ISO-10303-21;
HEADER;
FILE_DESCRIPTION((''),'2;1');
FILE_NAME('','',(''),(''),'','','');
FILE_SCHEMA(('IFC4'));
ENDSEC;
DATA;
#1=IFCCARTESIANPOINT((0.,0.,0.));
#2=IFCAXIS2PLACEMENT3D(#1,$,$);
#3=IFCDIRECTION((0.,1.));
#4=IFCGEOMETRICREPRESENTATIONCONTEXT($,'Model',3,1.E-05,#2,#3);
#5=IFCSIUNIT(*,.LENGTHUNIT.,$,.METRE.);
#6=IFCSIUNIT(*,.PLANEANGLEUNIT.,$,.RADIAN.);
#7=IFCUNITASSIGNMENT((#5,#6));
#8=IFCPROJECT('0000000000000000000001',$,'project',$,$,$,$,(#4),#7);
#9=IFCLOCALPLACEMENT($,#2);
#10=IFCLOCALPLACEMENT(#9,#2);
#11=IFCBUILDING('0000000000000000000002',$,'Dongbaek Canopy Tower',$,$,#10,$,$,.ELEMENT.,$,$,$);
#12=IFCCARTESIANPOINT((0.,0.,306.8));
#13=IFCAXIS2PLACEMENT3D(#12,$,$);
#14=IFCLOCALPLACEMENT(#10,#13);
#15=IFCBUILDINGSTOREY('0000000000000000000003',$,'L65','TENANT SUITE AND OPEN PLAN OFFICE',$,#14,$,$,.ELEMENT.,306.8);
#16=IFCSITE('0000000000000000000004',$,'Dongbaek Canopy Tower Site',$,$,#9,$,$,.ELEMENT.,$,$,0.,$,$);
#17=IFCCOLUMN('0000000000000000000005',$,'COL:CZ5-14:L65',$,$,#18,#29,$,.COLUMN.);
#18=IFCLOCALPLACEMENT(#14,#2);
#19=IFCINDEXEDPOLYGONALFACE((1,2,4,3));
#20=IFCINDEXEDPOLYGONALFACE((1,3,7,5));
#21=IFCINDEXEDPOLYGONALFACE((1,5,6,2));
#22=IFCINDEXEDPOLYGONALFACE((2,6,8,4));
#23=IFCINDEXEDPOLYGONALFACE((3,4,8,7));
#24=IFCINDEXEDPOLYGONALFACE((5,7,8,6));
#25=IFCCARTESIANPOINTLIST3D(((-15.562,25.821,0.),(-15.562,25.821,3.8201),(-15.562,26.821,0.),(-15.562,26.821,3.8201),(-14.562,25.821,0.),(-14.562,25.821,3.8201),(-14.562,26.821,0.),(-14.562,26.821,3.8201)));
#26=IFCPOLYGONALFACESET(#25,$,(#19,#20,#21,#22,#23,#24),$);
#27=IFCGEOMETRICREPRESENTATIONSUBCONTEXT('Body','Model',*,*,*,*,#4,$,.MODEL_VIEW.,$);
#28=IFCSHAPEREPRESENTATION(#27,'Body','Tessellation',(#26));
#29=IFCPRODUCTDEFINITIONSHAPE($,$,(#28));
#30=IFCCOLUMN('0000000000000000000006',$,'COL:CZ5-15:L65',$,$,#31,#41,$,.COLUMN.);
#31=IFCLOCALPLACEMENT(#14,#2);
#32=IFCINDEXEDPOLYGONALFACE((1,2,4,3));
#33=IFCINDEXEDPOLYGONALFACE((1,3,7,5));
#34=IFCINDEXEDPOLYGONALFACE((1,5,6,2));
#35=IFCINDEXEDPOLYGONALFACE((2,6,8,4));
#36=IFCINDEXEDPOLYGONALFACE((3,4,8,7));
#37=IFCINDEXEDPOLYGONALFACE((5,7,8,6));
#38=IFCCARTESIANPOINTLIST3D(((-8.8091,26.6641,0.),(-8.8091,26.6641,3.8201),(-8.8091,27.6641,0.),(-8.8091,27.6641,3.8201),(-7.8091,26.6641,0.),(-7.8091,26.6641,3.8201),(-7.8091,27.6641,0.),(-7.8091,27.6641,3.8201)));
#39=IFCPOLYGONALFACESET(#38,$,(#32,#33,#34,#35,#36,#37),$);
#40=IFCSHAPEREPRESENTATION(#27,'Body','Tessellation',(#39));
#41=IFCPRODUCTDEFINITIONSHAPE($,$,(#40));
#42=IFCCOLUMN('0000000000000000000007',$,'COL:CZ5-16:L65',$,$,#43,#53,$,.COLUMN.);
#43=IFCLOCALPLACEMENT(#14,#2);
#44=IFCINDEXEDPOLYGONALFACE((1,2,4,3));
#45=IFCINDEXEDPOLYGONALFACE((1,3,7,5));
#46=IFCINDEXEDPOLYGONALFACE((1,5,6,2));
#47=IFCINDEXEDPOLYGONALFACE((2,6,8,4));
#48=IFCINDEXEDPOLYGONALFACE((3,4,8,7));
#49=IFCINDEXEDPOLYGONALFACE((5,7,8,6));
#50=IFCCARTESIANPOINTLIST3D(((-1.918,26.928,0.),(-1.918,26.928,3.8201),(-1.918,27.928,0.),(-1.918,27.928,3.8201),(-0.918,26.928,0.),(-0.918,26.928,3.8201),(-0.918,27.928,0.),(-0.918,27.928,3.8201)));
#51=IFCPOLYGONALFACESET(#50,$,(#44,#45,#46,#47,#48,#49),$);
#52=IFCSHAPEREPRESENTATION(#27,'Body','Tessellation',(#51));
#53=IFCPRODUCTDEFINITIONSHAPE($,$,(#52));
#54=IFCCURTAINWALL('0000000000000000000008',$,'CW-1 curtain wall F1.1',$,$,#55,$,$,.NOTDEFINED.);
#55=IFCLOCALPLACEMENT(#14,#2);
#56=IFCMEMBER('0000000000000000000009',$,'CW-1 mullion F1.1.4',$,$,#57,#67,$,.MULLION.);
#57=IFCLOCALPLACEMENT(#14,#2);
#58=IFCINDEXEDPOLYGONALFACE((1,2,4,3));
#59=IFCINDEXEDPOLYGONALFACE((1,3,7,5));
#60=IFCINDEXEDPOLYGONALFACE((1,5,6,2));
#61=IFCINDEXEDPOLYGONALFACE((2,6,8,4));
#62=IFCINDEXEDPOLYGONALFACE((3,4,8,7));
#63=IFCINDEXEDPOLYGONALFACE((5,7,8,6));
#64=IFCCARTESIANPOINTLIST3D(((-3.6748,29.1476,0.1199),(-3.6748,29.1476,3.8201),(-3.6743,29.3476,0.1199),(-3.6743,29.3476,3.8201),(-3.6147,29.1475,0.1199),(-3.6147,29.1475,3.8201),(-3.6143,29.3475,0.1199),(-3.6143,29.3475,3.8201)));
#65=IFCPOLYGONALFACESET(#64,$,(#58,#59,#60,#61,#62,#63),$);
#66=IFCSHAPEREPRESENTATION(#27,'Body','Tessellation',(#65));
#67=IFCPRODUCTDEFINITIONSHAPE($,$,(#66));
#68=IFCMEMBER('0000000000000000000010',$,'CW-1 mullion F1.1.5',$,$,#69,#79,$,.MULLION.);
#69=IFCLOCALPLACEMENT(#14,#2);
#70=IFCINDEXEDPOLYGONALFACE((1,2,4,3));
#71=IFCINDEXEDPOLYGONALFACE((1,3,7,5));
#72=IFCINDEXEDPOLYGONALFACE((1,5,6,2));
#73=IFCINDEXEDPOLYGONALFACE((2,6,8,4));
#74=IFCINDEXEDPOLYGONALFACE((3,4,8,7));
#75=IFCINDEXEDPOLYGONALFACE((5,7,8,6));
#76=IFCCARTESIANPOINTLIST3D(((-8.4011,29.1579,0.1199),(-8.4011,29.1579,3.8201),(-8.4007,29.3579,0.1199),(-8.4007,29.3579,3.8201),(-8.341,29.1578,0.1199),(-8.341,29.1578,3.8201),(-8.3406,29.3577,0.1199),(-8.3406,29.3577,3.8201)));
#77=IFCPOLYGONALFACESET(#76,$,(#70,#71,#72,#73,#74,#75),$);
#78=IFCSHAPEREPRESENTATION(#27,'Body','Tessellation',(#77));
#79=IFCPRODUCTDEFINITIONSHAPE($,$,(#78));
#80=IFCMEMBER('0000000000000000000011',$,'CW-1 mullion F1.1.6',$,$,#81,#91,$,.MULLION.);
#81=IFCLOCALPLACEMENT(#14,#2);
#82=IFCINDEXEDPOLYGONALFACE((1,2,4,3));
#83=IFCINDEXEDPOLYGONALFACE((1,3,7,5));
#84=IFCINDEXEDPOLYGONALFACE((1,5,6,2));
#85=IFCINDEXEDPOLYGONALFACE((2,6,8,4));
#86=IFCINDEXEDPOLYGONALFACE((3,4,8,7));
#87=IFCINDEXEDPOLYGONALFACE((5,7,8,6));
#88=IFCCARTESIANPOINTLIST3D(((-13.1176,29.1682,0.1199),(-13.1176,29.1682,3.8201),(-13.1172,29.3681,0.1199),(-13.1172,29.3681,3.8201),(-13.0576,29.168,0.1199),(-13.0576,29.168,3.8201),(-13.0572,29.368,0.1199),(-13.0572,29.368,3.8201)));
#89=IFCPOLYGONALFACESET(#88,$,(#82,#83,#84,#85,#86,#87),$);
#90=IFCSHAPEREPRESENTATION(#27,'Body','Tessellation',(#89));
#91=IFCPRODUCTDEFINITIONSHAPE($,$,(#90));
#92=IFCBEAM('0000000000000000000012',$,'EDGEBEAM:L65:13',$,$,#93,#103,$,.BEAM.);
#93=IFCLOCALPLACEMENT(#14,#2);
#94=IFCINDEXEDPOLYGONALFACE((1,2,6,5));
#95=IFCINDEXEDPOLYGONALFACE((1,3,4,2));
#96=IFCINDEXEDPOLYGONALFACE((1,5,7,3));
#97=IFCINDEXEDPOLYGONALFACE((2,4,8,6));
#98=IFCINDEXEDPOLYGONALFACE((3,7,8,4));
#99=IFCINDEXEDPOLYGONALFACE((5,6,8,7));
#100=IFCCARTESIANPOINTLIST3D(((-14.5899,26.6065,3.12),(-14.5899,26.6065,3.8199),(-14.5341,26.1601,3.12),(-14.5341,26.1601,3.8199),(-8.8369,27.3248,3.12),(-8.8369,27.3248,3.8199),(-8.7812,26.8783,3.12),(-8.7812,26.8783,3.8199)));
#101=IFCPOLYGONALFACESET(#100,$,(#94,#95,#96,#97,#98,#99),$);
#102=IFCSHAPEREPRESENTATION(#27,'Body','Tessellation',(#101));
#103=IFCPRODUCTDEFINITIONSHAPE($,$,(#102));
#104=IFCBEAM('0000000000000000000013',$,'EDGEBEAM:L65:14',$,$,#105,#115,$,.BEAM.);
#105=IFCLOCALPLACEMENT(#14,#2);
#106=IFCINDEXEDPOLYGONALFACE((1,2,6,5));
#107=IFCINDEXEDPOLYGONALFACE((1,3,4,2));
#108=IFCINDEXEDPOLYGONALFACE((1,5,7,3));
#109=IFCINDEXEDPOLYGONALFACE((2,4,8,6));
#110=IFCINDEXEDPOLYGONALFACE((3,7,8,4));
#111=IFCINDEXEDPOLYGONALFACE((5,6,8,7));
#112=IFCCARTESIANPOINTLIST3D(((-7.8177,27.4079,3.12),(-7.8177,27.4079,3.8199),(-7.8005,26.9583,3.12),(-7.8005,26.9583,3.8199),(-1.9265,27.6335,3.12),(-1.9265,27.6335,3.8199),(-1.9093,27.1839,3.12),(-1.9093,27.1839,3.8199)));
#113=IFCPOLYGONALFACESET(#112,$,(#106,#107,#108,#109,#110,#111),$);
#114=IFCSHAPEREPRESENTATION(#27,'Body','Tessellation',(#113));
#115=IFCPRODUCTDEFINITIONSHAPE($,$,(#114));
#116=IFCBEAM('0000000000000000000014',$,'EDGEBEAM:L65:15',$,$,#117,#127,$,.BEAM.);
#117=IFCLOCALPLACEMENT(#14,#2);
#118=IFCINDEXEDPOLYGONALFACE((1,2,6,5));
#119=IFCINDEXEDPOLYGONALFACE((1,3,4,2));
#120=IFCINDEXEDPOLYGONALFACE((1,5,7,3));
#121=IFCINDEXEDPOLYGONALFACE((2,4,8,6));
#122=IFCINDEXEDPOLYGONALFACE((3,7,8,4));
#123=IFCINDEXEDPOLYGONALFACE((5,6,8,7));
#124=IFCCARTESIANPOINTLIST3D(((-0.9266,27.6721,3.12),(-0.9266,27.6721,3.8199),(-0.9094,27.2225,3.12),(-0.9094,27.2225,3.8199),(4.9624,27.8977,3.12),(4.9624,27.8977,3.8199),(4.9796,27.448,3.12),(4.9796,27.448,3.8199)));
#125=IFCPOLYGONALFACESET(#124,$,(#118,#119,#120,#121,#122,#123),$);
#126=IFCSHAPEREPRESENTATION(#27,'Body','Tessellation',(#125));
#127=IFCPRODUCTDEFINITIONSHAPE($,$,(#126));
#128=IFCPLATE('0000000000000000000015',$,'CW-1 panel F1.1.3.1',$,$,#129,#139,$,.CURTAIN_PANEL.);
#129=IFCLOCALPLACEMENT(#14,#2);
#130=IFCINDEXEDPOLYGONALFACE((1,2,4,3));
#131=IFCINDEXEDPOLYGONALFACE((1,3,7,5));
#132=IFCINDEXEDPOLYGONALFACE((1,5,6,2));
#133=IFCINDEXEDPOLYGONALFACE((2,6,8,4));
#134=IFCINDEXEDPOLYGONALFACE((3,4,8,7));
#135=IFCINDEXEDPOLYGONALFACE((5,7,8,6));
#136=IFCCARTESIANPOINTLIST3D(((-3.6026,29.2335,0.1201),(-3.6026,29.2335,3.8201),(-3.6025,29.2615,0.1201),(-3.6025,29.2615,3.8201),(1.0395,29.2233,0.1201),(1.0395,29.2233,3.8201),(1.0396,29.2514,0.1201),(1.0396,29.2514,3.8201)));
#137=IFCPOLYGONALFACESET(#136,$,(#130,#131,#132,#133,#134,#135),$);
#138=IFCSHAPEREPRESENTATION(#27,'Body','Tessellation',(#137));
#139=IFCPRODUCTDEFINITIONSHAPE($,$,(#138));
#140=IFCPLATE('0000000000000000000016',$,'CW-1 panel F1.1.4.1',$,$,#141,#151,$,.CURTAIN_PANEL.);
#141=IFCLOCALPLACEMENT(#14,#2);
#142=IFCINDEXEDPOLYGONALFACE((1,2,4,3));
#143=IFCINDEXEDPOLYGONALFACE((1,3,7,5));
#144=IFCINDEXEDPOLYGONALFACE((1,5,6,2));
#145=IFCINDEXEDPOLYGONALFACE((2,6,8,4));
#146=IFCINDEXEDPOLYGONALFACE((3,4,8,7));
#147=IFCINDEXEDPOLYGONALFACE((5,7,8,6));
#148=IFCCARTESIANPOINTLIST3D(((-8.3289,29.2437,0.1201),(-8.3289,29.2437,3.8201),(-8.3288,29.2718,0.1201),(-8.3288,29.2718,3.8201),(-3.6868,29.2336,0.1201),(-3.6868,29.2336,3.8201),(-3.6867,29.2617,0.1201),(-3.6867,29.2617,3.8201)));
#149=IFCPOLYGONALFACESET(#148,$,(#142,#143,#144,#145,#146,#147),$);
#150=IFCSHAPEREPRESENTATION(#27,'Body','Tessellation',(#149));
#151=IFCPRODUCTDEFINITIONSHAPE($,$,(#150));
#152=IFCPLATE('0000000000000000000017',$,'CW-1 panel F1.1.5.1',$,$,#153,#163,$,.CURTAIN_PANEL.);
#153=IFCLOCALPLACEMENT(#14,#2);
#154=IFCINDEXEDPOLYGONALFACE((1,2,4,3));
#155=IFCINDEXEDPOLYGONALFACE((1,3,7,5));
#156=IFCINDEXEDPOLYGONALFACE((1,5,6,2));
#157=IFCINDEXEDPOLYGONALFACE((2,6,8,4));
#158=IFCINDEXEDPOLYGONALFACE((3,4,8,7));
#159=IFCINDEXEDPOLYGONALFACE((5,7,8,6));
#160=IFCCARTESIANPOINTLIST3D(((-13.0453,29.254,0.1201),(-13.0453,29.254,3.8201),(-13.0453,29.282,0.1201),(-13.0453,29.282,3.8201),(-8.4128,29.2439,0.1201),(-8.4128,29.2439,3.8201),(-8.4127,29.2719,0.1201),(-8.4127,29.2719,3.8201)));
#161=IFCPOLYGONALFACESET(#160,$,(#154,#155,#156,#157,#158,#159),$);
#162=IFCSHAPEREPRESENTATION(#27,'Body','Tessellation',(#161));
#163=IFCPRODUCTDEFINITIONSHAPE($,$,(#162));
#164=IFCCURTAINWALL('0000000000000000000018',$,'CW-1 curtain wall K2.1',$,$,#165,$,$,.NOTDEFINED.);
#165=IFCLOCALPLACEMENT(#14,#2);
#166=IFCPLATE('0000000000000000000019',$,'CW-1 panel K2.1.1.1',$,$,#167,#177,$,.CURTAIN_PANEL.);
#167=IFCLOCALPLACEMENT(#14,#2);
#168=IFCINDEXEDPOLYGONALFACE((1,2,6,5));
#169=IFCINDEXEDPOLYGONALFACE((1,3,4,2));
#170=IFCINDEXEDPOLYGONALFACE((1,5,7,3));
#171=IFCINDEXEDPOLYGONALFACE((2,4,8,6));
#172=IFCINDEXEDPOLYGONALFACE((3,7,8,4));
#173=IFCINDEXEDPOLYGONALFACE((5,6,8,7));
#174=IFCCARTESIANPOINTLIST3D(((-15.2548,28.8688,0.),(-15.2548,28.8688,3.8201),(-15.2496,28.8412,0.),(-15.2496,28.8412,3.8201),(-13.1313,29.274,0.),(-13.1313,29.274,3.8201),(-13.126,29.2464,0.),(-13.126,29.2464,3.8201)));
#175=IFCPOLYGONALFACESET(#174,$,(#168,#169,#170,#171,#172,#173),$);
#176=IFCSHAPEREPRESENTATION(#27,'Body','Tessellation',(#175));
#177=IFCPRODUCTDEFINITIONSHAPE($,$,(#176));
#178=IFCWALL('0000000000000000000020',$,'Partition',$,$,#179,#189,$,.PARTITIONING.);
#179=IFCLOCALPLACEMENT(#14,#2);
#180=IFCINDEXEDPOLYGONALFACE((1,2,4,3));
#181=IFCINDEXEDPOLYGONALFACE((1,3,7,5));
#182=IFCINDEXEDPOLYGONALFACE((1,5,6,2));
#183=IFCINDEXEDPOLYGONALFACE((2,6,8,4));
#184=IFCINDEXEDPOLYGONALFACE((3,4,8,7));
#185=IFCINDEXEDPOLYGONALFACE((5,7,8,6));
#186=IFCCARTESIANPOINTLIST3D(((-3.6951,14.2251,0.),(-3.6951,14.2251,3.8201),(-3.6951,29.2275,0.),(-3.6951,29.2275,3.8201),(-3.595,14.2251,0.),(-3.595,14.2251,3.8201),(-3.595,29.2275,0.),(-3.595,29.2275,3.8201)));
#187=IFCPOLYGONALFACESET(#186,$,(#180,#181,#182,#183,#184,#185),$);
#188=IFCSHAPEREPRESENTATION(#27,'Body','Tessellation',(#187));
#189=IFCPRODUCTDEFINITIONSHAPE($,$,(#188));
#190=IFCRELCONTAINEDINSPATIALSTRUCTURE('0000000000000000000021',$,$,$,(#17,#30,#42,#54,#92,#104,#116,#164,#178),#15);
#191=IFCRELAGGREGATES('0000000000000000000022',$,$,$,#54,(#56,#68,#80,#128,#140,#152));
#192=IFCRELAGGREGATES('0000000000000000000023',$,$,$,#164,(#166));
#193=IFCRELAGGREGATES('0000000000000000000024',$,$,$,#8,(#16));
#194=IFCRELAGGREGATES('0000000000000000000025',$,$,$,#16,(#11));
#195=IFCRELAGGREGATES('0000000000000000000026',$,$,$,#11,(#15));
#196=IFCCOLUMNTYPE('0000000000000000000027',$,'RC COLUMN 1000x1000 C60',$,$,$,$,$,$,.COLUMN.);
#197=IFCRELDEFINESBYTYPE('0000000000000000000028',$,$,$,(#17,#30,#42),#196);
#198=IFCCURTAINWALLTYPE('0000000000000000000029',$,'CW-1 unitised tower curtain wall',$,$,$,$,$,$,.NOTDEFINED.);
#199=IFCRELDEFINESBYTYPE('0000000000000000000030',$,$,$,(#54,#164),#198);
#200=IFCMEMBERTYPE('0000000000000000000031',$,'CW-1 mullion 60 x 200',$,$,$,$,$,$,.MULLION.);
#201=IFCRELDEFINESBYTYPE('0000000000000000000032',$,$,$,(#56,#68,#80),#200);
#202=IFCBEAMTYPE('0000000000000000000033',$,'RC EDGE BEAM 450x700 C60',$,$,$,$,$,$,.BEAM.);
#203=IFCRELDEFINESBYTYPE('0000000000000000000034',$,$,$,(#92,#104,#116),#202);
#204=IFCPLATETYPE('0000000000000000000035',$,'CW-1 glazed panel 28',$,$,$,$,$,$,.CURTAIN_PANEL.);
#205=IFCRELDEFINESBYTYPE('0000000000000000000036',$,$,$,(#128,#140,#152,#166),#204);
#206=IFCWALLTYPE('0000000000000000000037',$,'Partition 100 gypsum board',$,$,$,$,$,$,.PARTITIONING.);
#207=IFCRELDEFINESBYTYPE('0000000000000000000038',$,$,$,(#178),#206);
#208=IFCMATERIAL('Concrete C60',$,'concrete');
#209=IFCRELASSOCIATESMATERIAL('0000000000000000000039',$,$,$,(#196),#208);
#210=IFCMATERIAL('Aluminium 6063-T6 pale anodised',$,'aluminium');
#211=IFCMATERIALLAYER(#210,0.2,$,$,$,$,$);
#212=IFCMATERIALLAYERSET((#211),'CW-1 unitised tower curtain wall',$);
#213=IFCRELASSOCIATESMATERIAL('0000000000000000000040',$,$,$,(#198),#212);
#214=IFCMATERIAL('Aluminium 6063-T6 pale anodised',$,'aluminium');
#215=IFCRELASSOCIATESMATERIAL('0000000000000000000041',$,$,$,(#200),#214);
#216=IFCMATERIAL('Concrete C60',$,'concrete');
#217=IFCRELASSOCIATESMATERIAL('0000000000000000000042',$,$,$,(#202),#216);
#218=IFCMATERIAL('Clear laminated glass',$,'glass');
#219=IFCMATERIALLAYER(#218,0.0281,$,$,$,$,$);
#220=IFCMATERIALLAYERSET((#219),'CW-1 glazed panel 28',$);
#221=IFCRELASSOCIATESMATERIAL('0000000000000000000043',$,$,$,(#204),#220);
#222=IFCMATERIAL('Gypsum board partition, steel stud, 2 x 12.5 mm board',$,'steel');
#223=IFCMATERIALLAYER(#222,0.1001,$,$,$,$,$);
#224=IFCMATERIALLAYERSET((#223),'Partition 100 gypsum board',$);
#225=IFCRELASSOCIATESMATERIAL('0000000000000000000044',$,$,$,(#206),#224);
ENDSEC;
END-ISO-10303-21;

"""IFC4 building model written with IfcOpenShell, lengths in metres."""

from ifc_helpers import new_model, si_unit, direction, frame, frame_2d, origin, origin_2d, place, context, subcontext, project, spatial, rectangle, extrude, material, layer, layer_set, material_profile, profile_set, type_object, element, aggregate, save


model = new_model("IFC4")

# Units and contexts
model_context = context("Model", 3, precision=1e-05, world=origin(), true_north=direction((0.0, 1.0)))
body_context = subcontext(model_context, "Body", "Model", "MODEL_VIEW")
ifc_project = project(units=[si_unit("LENGTHUNIT", "METRE"), si_unit("PLANEANGLEUNIT", "RADIAN")], contexts=[model_context])

# Site, building, storey
site_placement = place(None, origin())
site = spatial("IfcSite", under=ifc_project, at=site_placement, Name="Dongbaek Canopy Tower Site", CompositionType="ELEMENT", RefElevation=0.0)
building_placement = place(site_placement, origin())
building = spatial("IfcBuilding", under=site, at=building_placement, Name="Dongbaek Canopy Tower", CompositionType="ELEMENT")
storey_placement = place(building_placement, frame((0.0, 0.0, 306.8)))
storey = spatial("IfcBuildingStorey", under=building, at=storey_placement, Name="L65", Description="TENANT SUITE AND OPEN PLAN OFFICE", CompositionType="ELEMENT", Elevation=306.8)

# Columns
ifc_material_1 = material(Name="Concrete C60", Category="concrete")
ifc_material_profile_1 = material_profile(ifc_material_1, rectangle(XDim=1.0, YDim=1.0, at=origin_2d()), Name="RC COLUMN 1000x1000 C60")
ifc_profile_set_1 = profile_set([ifc_material_profile_1], Name="Concrete C60")
column_type = type_object("IfcColumnType", Name="RC COLUMN 1000x1000 C60", PredefinedType="COLUMN", material=ifc_profile_set_1)
for number, where, z_axis, x_axis, name in (
    (1, (-15.062, 26.321, 0.0), (0.0, 0.0, 1.0), (1.0, 0.0, 0.0), "COL:CZ5-14:L65"),
    (2, (-8.3091, 27.1641, 0.0), (0.0, 0.0, 1.0), (1.0, 0.0, 0.0), "COL:CZ5-15:L65"),
    (3, (-1.418, 27.428, 0.0), (0.0, 0.0, 1.0), (1.0, 0.0, 0.0), "COL:CZ5-16:L65"),
):
    element("IfcColumn", number, at=place(storey_placement, frame(where, z_axis=z_axis, x_axis=x_axis)), inside=storey, type_object=column_type, Name=name, PredefinedType="COLUMN", context=body_context, shape_type="SweptSolid", body=[
        extrude(rectangle(XDim=1.0, YDim=1.0, at=origin_2d()), origin(), (0.0, 0.0, 1.0), 3.8201),
    ])

# Curtain wall, members
ifc_material_2 = material(Name="Aluminium 6063-T6 pale anodised", Category="aluminium")
ifc_layer_1 = layer(ifc_material_2, 0.2)
ifc_layer_set_1 = layer_set([ifc_layer_1], Name="CW-1 unitised tower curtain wall")
curtain_wall_type = type_object("IfcCurtainWallType", Name="CW-1 unitised tower curtain wall", PredefinedType="NOTDEFINED", material=ifc_layer_set_1)
curtain_wall_1_placement = place(storey_placement, origin())
curtain_wall_1 = element("IfcCurtainWall", 4, at=curtain_wall_1_placement, inside=storey, type_object=curtain_wall_type, Name="CW-1 curtain wall F1.1", PredefinedType="NOTDEFINED")
ifc_material_3 = material(Name="Aluminium 6063-T6 pale anodised", Category="aluminium")
ifc_material_profile_2 = material_profile(ifc_material_3, rectangle(XDim=0.2, YDim=0.0601, at=origin_2d()), Name="CW-1 mullion 60 x 200")
ifc_profile_set_2 = profile_set([ifc_material_profile_2], Name="Aluminium 6063-T6 pale anodised")
member_type = type_object("IfcMemberType", Name="CW-1 mullion 60 x 200", PredefinedType="MULLION", material=ifc_profile_set_2)
member_1_placement = place(storey_placement, frame((-3.6445, 29.2476, 0.1199), z_axis=(0.0, 0.0, 1.0), x_axis=(0.00218, 0.999998, 0.0)))
member_1 = element("IfcMember", 5, at=member_1_placement, type_object=member_type, Name="CW-1 mullion F1.1.4", PredefinedType="MULLION", context=body_context, shape_type="SweptSolid", body=[
    extrude(rectangle(XDim=0.2, YDim=0.0601, at=origin_2d()), origin(), (0.0, 0.0, 1.0), 3.7002),
])
member_2_placement = place(storey_placement, frame((-8.3708, 29.2578, 0.1199), z_axis=(0.0, 0.0, 1.0), x_axis=(0.00218, 0.999998, 0.0)))
member_2 = element("IfcMember", 6, at=member_2_placement, type_object=member_type, Name="CW-1 mullion F1.1.5", PredefinedType="MULLION", context=body_context, shape_type="SweptSolid", body=[
    extrude(rectangle(XDim=0.2, YDim=0.0601, at=origin_2d()), origin(), (0.0, 0.0, 1.0), 3.7002),
])
member_3_placement = place(storey_placement, frame((-13.0874, 29.2681, 0.1199), z_axis=(0.0, 0.0, 1.0), x_axis=(0.00218, 0.999998, 0.0)))
member_3 = element("IfcMember", 7, at=member_3_placement, type_object=member_type, Name="CW-1 mullion F1.1.6", PredefinedType="MULLION", context=body_context, shape_type="SweptSolid", body=[
    extrude(rectangle(XDim=0.2, YDim=0.0601, at=origin_2d()), origin(), (0.0, 0.0, 1.0), 3.7002),
])

# Beams
ifc_material_4 = material(Name="Concrete C60", Category="concrete")
ifc_material_profile_3 = material_profile(ifc_material_4, rectangle(XDim=0.45, YDim=0.7, at=origin_2d()), Name="RC EDGE BEAM 450x700 C60")
ifc_profile_set_3 = profile_set([ifc_material_profile_3], Name="Concrete C60")
beam_type = type_object("IfcBeamType", Name="RC EDGE BEAM 450x700 C60", PredefinedType="BEAM", material=ifc_profile_set_3)
beam_1_placement = place(storey_placement, frame((-14.562, 26.3833, 3.47), z_axis=(0.992296, 0.12389, 0.0), x_axis=(-0.12389, 0.992296, 0.0)))
element("IfcBeam", 8, at=beam_1_placement, inside=storey, type_object=beam_type, Name="EDGEBEAM:L65:13", PredefinedType="BEAM", context=body_context, shape_type="SweptSolid", body=[
    extrude(rectangle(XDim=0.45, YDim=0.7, at=origin_2d()), origin(), (0.0, 0.0, 1.0), 5.7976),
])
beam_2_placement = place(storey_placement, frame((-7.8091, 27.1831, 3.47), z_axis=(0.999268, 0.038265, 0.0), x_axis=(-0.038265, 0.999268, 0.0)))
element("IfcBeam", 9, at=beam_2_placement, inside=storey, type_object=beam_type, Name="EDGEBEAM:L65:14", PredefinedType="BEAM", context=body_context, shape_type="SweptSolid", body=[
    extrude(rectangle(XDim=0.45, YDim=0.7, at=origin_2d()), origin(), (0.0, 0.0, 1.0), 5.8955),
])
beam_3_placement = place(storey_placement, frame((-0.918, 27.4473, 3.47), z_axis=(0.999267, 0.038279, 0.0), x_axis=(-0.038279, 0.999267, 0.0)))
element("IfcBeam", 10, at=beam_3_placement, inside=storey, type_object=beam_type, Name="EDGEBEAM:L65:15", PredefinedType="BEAM", context=body_context, shape_type="SweptSolid", body=[
    extrude(rectangle(XDim=0.45, YDim=0.7, at=origin_2d()), origin(), (0.0, 0.0, 1.0), 5.8933),
])

# Plates
ifc_material_5 = material(Name="Clear laminated glass", Category="glass")
ifc_layer_2 = layer(ifc_material_5, 0.0281)
ifc_layer_set_2 = layer_set([ifc_layer_2], Name="CW-1 glazed panel 28")
plate_type = type_object("IfcPlateType", Name="CW-1 glazed panel 28", PredefinedType="CURTAIN_PANEL", material=ifc_layer_set_2)
plate_1_placement = place(storey_placement, frame((-1.2815, 29.2424, 0.1201), z_axis=(0.0, 0.0, 1.0), x_axis=(-0.999998, 0.00218, 0.0)))
plate_1 = element("IfcPlate", 11, at=plate_1_placement, type_object=plate_type, Name="CW-1 panel F1.1.3.1", PredefinedType="CURTAIN_PANEL", context=body_context, shape_type="SweptSolid", body=[
    extrude(rectangle(XDim=4.6421, YDim=0.0281, at=origin_2d()), origin(), (0.0, 0.0, 1.0), 3.7),
])
plate_2_placement = place(storey_placement, frame((-6.0078, 29.2527, 0.1201), z_axis=(0.0, 0.0, 1.0), x_axis=(-0.999998, 0.00218, 0.0)))
plate_2 = element("IfcPlate", 12, at=plate_2_placement, type_object=plate_type, Name="CW-1 panel F1.1.4.1", PredefinedType="CURTAIN_PANEL", context=body_context, shape_type="SweptSolid", body=[
    extrude(rectangle(XDim=4.6421, YDim=0.0281, at=origin_2d()), origin(), (0.0, 0.0, 1.0), 3.7),
])
plate_3_placement = place(storey_placement, frame((-10.729, 29.2629, 0.1201), z_axis=(0.0, 0.0, 1.0), x_axis=(-0.999998, 0.00218, 0.0)))
plate_3 = element("IfcPlate", 13, at=plate_3_placement, type_object=plate_type, Name="CW-1 panel F1.1.5.1", PredefinedType="CURTAIN_PANEL", context=body_context, shape_type="SweptSolid", body=[
    extrude(rectangle(XDim=4.6326, YDim=0.0281, at=origin_2d()), origin(), (0.0, 0.0, 1.0), 3.7),
])

# Curtain wall, plate
curtain_wall_2_placement = place(storey_placement, origin())
curtain_wall_2 = element("IfcCurtainWall", 14, at=curtain_wall_2_placement, inside=storey, type_object=curtain_wall_type, Name="CW-1 curtain wall K2.1", PredefinedType="NOTDEFINED")
plate_4_placement = place(storey_placement, frame((-14.1904, 29.0576, 0.0), z_axis=(0.0, 0.0, 1.0), x_axis=(-0.982281, -0.187413, 0.0)))
plate_4 = element("IfcPlate", 15, at=plate_4_placement, type_object=plate_type, Name="CW-1 panel K2.1.1.1", PredefinedType="CURTAIN_PANEL", context=body_context, shape_type="SweptSolid", body=[
    extrude(rectangle(XDim=2.1619, YDim=0.0281, at=origin_2d()), origin(), (0.0, 0.0, 1.0), 3.8201),
])

# Wall
ifc_material_6 = material(Name="Gypsum board partition, steel stud, 2 x 12.5 mm board", Category="steel")
ifc_layer_3 = layer(ifc_material_6, 0.1001)
ifc_layer_set_3 = layer_set([ifc_layer_3], Name="Partition 100 gypsum board")
wall_type = type_object("IfcWallType", Name="Partition 100 gypsum board", PredefinedType="PARTITIONING", material=ifc_layer_set_3)
wall_1_placement = place(storey_placement, frame((-3.645, 14.2251, 0.0), z_axis=(0.0, 0.0, 1.0), x_axis=(0.0, 1.0, 0.0)))
element("IfcWall", 16, at=wall_1_placement, inside=storey, type_object=wall_type, Name="Partition", PredefinedType="PARTITIONING", context=body_context, shape_type="SweptSolid", body=[
    extrude(rectangle(XDim=15.0024, YDim=0.1001, at=frame_2d((7.5012, 0.0))), origin(), (0.0, 0.0, 1.0), 3.8201),
])

aggregate(curtain_wall_1, [member_1, member_2, member_3, plate_1, plate_2, plate_3])
aggregate(curtain_wall_2, [plate_4])

save(model, "model.ifc")
